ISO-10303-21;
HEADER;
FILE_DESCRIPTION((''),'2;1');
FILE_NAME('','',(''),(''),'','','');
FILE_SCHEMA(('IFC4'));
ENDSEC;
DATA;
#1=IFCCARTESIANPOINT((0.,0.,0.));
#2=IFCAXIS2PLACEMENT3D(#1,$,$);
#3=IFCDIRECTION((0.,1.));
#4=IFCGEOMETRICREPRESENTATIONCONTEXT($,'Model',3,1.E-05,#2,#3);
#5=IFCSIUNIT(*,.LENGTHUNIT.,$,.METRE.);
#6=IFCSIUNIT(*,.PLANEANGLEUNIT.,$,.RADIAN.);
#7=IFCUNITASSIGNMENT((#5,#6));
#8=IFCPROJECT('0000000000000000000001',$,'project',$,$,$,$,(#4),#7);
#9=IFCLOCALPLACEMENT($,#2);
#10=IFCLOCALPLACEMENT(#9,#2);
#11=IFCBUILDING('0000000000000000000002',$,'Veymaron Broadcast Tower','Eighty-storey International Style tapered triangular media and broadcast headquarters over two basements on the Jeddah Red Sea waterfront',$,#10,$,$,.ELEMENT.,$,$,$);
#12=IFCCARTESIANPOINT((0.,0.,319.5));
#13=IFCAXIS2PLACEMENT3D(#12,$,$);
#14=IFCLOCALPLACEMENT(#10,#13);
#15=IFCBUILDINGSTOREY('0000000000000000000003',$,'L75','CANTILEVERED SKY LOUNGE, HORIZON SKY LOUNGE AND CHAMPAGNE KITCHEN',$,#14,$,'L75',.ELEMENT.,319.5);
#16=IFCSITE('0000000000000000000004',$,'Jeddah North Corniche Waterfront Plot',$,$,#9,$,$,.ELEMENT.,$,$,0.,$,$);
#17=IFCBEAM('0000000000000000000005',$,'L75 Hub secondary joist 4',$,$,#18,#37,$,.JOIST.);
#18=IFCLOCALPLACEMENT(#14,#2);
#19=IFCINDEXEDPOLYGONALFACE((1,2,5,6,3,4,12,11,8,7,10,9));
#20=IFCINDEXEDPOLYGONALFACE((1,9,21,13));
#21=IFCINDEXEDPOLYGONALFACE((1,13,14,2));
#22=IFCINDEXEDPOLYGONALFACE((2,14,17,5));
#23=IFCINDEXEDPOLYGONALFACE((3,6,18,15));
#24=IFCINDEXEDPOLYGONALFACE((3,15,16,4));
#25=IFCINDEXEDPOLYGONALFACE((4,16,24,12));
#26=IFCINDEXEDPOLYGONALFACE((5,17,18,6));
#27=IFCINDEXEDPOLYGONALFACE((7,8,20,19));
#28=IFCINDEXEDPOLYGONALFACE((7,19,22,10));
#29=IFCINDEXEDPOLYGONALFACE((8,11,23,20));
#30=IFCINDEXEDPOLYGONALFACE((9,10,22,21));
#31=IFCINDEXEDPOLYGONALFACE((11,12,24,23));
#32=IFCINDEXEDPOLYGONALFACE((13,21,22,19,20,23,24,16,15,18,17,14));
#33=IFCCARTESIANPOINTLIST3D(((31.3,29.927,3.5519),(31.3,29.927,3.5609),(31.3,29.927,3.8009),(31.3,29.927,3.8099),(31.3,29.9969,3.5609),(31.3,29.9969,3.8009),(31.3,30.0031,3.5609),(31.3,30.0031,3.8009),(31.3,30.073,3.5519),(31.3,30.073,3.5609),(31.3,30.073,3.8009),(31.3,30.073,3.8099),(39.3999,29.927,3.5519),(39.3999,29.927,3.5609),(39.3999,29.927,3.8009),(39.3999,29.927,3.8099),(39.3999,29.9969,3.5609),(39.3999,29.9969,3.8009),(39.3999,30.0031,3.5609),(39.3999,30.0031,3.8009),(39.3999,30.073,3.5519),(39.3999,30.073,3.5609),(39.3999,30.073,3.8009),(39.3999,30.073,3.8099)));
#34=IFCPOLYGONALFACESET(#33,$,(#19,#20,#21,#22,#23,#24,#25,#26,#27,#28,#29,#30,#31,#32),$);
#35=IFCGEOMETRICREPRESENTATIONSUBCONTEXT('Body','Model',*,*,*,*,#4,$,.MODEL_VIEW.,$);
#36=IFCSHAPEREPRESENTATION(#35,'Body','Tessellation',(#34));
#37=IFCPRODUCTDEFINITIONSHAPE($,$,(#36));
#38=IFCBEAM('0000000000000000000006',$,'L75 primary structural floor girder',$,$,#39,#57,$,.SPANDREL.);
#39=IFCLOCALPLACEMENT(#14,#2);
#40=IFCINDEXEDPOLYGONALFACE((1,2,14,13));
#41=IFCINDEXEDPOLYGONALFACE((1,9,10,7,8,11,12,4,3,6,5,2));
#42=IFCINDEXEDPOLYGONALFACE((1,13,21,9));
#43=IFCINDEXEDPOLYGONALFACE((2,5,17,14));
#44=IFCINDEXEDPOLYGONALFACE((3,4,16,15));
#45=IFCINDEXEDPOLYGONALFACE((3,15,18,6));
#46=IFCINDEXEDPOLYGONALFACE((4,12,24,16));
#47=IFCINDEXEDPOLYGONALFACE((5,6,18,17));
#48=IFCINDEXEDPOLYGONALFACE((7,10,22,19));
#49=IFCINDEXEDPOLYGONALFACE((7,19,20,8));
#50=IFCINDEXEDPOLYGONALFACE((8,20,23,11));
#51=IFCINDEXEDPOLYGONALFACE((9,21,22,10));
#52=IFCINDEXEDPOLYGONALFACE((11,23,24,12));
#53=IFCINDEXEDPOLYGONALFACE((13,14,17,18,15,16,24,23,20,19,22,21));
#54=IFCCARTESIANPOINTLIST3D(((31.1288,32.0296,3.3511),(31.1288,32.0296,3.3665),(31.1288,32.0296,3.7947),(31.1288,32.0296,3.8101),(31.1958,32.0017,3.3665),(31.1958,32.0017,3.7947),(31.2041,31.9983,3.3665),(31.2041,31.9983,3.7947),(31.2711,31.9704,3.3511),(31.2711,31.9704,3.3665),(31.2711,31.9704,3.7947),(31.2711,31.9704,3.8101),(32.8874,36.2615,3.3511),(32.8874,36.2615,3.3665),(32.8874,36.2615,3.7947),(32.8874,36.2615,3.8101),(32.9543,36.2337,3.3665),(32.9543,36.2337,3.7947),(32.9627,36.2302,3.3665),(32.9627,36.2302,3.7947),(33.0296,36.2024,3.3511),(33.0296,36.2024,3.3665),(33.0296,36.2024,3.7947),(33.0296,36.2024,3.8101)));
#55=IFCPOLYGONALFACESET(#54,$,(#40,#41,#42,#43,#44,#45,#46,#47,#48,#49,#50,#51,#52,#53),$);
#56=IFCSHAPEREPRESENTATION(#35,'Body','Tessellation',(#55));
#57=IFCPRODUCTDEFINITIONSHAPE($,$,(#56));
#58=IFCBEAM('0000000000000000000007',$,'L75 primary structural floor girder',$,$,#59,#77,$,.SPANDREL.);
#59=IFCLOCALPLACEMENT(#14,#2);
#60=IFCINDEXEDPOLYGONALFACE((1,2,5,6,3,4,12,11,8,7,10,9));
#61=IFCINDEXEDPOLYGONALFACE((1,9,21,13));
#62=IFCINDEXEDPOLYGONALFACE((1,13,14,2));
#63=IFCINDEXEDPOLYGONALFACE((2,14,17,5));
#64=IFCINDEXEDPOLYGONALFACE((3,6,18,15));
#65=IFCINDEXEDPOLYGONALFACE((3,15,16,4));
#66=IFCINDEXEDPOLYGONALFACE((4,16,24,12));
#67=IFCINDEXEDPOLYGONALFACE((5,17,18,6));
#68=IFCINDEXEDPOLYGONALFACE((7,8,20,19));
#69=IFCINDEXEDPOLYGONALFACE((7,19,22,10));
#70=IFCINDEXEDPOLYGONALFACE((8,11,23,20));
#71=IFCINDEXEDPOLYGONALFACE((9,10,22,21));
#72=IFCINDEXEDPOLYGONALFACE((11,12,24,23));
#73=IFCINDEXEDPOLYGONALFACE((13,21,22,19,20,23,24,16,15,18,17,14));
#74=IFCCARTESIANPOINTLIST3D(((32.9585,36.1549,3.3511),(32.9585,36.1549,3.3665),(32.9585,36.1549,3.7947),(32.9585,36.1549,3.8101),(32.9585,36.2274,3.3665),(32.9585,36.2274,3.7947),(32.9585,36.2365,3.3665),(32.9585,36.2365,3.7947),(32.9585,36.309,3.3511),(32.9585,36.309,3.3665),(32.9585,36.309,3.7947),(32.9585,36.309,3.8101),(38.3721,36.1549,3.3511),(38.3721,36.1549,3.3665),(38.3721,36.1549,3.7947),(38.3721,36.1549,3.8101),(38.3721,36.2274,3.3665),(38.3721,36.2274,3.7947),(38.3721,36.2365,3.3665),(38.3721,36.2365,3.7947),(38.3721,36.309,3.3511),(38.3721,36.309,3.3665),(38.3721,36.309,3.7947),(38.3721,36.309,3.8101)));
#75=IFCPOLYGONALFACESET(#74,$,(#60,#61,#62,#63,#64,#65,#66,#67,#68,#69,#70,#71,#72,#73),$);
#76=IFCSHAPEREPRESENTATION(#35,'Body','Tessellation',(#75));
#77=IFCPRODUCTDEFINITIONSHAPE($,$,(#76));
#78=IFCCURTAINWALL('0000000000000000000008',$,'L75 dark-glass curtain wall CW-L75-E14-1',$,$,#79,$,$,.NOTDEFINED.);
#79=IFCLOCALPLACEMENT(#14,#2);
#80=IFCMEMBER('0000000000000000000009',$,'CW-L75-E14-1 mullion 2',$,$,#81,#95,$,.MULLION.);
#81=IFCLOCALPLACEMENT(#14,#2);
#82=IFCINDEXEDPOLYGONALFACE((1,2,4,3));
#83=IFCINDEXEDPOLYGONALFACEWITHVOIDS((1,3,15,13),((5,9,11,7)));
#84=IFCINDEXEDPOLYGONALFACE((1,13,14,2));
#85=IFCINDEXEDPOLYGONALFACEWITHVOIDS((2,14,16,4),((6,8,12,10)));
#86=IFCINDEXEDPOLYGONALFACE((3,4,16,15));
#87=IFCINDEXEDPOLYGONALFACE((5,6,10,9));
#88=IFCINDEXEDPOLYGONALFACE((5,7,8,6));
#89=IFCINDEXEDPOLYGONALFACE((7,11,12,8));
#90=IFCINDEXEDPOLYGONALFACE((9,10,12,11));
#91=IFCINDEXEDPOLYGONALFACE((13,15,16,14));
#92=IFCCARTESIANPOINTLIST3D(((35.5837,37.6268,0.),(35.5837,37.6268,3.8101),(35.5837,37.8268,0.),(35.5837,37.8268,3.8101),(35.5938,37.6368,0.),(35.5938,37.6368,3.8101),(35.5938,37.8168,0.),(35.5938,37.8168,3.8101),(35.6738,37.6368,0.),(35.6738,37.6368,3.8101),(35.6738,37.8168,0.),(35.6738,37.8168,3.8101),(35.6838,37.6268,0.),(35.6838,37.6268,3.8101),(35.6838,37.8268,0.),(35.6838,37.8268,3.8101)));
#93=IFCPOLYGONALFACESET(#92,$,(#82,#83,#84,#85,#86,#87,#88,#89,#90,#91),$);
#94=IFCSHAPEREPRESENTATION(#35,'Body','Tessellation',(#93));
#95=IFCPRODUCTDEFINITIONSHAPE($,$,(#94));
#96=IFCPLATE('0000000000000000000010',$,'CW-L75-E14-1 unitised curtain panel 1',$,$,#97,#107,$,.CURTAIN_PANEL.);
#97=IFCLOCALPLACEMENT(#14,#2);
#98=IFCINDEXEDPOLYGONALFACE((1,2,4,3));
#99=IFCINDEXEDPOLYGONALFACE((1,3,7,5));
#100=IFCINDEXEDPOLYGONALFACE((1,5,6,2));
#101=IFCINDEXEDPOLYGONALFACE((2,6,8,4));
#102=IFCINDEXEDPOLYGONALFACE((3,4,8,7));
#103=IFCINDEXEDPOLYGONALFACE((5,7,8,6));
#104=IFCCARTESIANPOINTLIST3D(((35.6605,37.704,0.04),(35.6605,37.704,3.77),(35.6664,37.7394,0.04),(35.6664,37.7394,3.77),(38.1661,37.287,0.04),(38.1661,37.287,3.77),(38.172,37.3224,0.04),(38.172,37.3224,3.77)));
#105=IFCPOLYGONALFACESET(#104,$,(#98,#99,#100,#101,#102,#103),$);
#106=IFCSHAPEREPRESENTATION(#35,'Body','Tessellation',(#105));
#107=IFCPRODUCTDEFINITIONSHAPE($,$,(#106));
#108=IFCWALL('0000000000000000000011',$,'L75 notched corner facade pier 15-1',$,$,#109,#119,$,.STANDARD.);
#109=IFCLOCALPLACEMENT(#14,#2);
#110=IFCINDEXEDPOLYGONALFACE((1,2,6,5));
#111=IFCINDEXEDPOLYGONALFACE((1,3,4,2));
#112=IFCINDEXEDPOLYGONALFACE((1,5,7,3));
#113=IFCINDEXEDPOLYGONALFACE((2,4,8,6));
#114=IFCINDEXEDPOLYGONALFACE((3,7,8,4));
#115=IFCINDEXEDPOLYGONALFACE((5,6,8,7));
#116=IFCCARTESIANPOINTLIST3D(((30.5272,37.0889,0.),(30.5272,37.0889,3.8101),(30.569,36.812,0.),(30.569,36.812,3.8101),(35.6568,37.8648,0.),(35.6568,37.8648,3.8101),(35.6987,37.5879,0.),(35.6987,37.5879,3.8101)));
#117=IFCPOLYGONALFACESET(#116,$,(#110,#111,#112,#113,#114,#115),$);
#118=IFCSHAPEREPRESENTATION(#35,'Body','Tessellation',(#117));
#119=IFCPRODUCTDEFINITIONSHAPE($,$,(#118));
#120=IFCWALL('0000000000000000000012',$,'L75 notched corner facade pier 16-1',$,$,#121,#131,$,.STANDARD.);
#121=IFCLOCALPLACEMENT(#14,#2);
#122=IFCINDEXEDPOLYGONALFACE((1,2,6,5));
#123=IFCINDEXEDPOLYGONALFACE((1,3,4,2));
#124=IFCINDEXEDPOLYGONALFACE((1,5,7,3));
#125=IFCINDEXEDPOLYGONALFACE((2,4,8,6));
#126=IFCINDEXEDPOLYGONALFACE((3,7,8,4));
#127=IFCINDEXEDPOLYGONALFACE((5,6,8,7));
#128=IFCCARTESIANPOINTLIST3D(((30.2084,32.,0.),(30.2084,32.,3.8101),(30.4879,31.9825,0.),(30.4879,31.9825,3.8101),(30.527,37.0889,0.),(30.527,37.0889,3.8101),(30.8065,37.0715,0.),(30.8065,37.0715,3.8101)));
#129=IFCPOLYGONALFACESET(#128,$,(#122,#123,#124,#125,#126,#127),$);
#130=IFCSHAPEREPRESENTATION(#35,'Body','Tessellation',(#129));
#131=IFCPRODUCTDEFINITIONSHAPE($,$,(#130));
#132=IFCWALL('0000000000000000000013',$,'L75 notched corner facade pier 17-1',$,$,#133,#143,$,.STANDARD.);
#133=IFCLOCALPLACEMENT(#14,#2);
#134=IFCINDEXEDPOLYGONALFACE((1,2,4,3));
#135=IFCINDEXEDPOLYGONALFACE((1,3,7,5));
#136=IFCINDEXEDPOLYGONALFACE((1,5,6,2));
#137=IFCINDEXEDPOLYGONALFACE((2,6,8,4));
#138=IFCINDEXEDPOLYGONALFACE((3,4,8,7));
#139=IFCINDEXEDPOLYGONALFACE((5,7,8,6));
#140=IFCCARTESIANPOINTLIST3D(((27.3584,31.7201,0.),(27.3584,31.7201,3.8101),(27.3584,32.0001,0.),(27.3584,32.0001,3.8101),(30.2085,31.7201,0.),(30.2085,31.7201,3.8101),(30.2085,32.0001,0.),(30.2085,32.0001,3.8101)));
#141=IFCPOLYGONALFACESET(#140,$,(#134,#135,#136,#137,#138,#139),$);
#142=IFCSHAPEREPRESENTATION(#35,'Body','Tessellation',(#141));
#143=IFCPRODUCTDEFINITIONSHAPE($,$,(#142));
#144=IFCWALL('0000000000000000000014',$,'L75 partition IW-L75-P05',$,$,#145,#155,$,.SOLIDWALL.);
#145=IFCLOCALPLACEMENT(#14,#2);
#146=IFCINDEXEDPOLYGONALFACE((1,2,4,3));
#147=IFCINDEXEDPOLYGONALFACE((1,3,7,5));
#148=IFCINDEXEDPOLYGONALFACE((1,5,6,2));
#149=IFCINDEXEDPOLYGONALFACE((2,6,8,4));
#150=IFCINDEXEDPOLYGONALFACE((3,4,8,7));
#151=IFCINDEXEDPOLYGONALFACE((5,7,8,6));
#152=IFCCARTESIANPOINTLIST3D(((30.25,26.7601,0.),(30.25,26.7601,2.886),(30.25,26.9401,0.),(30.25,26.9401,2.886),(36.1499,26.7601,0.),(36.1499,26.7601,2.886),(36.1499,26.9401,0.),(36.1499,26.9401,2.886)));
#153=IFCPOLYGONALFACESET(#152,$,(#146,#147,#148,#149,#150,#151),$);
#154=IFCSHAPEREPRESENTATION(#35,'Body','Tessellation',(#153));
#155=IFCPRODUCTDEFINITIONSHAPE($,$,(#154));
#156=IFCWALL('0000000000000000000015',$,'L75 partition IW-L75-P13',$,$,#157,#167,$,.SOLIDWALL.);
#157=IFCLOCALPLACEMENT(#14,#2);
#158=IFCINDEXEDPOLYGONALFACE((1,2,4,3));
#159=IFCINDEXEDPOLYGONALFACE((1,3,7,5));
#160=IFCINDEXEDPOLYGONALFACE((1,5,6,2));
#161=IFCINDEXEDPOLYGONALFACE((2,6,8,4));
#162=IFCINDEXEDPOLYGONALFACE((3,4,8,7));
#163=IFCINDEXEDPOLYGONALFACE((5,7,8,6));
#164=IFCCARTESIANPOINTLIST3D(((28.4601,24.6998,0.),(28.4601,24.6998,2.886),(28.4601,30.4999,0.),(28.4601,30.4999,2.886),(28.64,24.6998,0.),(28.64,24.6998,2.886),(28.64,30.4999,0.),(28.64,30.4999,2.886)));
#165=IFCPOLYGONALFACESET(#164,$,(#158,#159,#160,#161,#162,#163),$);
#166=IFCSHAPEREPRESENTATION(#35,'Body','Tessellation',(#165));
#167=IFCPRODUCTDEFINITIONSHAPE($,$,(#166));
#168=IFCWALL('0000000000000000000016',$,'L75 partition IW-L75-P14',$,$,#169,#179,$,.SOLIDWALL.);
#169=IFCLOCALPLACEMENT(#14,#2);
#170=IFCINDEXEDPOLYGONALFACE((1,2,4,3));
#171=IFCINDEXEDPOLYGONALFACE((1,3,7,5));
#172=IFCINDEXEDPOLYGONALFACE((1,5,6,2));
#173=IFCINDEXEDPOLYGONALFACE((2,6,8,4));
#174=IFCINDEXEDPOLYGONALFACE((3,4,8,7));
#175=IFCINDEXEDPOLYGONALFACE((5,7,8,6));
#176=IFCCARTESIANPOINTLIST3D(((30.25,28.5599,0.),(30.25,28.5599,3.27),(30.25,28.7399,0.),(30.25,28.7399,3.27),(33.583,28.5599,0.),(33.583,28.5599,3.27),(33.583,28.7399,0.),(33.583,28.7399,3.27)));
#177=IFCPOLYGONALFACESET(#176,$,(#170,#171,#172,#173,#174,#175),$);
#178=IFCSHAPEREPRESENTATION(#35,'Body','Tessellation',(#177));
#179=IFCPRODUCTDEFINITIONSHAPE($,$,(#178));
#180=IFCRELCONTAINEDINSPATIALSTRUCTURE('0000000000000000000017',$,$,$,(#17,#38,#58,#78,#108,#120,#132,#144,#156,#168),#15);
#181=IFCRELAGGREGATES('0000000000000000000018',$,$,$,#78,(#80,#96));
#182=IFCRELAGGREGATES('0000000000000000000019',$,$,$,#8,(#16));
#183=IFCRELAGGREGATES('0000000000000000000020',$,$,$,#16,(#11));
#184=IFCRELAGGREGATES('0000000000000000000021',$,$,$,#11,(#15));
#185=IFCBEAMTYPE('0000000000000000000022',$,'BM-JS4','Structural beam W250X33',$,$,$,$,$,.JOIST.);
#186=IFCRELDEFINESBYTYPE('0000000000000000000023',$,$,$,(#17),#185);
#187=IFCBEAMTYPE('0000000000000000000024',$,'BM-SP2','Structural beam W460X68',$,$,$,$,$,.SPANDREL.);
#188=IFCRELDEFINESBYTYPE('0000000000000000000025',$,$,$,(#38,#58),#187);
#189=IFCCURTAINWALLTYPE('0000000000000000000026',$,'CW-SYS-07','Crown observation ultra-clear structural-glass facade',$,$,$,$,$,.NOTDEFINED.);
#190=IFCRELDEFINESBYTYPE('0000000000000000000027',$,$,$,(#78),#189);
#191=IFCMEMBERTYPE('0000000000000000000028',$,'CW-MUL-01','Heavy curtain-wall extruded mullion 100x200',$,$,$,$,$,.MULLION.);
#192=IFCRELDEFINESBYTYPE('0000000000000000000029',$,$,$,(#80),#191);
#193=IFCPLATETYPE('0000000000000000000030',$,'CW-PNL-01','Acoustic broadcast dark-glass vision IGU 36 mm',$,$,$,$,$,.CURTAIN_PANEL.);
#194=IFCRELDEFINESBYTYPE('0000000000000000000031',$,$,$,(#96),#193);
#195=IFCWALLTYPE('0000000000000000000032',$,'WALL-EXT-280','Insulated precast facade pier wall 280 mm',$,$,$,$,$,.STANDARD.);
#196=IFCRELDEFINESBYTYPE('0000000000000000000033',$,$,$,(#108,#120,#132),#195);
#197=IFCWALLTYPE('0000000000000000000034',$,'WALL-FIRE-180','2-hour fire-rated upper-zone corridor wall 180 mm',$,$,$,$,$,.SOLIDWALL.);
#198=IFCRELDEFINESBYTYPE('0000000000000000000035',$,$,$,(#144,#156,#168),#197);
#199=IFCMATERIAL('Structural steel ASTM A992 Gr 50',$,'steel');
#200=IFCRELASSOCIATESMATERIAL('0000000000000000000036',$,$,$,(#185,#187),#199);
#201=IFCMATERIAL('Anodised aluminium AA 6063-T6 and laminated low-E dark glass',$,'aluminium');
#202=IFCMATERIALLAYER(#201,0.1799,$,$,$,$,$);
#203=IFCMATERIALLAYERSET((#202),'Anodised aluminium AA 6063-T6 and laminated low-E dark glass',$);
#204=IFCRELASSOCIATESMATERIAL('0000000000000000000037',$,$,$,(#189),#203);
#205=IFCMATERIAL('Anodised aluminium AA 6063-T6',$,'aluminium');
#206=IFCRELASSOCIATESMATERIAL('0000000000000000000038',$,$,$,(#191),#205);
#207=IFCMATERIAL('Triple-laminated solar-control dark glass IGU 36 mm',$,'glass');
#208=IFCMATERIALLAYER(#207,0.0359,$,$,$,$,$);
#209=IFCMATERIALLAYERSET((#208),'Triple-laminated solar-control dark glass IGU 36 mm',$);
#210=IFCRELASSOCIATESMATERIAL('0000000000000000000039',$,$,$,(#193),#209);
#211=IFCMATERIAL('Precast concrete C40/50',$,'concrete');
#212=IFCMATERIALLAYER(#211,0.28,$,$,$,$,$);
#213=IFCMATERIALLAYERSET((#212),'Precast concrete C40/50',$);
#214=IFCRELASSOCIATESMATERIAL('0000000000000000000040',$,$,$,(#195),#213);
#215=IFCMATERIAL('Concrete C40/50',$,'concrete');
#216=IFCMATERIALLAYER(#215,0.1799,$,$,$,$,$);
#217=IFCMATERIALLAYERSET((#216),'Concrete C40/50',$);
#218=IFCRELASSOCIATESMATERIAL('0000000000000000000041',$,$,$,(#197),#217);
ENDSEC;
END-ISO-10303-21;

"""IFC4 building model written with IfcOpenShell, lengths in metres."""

from ifc_helpers import new_model, si_unit, direction, frame, frame_2d, origin, origin_2d, place, context, subcontext, project, spatial, rectangle, hollow_rectangle, i_section, extrude, material, layer, layer_set, material_profile, profile_set, type_object, element, aggregate, save


model = new_model("IFC4")

# Units and contexts
model_context = context("Model", 3, precision=1e-05, world=origin(), true_north=direction((0.0, 1.0)))
body_context = subcontext(model_context, "Body", "Model", "MODEL_VIEW")
ifc_project = project(units=[si_unit("LENGTHUNIT", "METRE"), si_unit("PLANEANGLEUNIT", "RADIAN")], contexts=[model_context])

# Site, building, storey
site_placement = place(None, origin())
site = spatial("IfcSite", under=ifc_project, at=site_placement, Name="Jeddah North Corniche Waterfront Plot", CompositionType="ELEMENT", RefElevation=0.0)
building_placement = place(site_placement, origin())
building = spatial("IfcBuilding", under=site, at=building_placement, Name="Veymaron Broadcast Tower", Description="Eighty-storey International Style tapered triangular media and broadcast headquarters over two basements on the Jeddah Red Sea waterfront", CompositionType="ELEMENT")
storey_placement = place(building_placement, frame((0.0, 0.0, 319.5)))
storey = spatial("IfcBuildingStorey", under=building, at=storey_placement, Name="L75", Description="CANTILEVERED SKY LOUNGE, HORIZON SKY LOUNGE AND CHAMPAGNE KITCHEN", LongName="L75", CompositionType="ELEMENT", Elevation=319.5)

# Shared definitions
ifc_material_1 = material(Name="Structural steel ASTM A992 Gr 50", Category="steel")

# Beams
ifc_material_profile_1 = material_profile(ifc_material_1, i_section(OverallWidth=0.146, OverallDepth=0.2581, WebThickness=0.0061, FlangeThickness=0.009, at=origin_2d()), Name="W250X33")
ifc_profile_set_1 = profile_set([ifc_material_profile_1], Name="Structural steel ASTM A992 Gr 50")
beam_type_1 = type_object("IfcBeamType", Name="BM-JS4", Description="Structural beam W250X33", PredefinedType="JOIST", material=ifc_profile_set_1)
for number, where, z_axis, x_axis, name in (
    (1, (31.3, 30.0, 3.6809), (1.0, 0.0, 0.0), (0.0, 1.0, 0.0), "L75 Hub secondary joist 4"),
):
    element("IfcBeam", number, at=place(storey_placement, frame(where, z_axis=z_axis, x_axis=x_axis)), inside=storey, type_object=beam_type_1, Name=name, PredefinedType="JOIST", context=body_context, shape_type="SweptSolid", body=[
        extrude(i_section(OverallWidth=0.146, OverallDepth=0.2581, WebThickness=0.0061, FlangeThickness=0.009, at=origin_2d()), origin(), (0.0, 0.0, 1.0), 8.0999),
    ])
ifc_material_profile_2 = material_profile(ifc_material_1, i_section(OverallWidth=0.1541, OverallDepth=0.459, WebThickness=0.009, FlangeThickness=0.0154, at=origin_2d()), Name="W460X68")
ifc_profile_set_2 = profile_set([ifc_material_profile_2], Name="Structural steel ASTM A992 Gr 50")
beam_type_2 = type_object("IfcBeamType", Name="BM-SP2", Description="Structural beam W460X68", PredefinedType="SPANDREL", material=ifc_profile_set_2)
beam_1_placement = place(storey_placement, frame((31.2, 32.0, 3.5806), z_axis=(0.38373, 0.923445, 0.0), x_axis=(-0.923445, 0.38373, 0.0)))
element("IfcBeam", 2, at=beam_1_placement, inside=storey, type_object=beam_type_2, Name="L75 primary structural floor girder", PredefinedType="SPANDREL", context=body_context, shape_type="SweptSolid", body=[
    extrude(i_section(OverallWidth=0.1541, OverallDepth=0.459, WebThickness=0.009, FlangeThickness=0.0154, at=origin_2d()), origin(), (0.0, 0.0, 1.0), 4.5828),
])
beam_2_placement = place(storey_placement, frame((32.9585, 36.2319, 3.5806), z_axis=(1.0, 0.0, 0.0), x_axis=(0.0, 1.0, 0.0)))
element("IfcBeam", 3, at=beam_2_placement, inside=storey, type_object=beam_type_2, Name="L75 primary structural floor girder", PredefinedType="SPANDREL", context=body_context, shape_type="SweptSolid", body=[
    extrude(i_section(OverallWidth=0.1541, OverallDepth=0.459, WebThickness=0.009, FlangeThickness=0.0154, at=origin_2d()), origin(), (0.0, 0.0, 1.0), 5.4136),
])

# Curtain wall, member, plate
ifc_material_2 = material(Name="Anodised aluminium AA 6063-T6 and laminated low-E dark glass", Category="aluminium")
ifc_layer_1 = layer(ifc_material_2, 0.1799)
ifc_layer_set_1 = layer_set([ifc_layer_1], Name="Anodised aluminium AA 6063-T6 and laminated low-E dark glass")
curtain_wall_type = type_object("IfcCurtainWallType", Name="CW-SYS-07", Description="Crown observation ultra-clear structural-glass facade", PredefinedType="NOTDEFINED", material=ifc_layer_set_1)
curtain_wall_placement = place(storey_placement, origin())
curtain_wall = element("IfcCurtainWall", 4, at=curtain_wall_placement, inside=storey, type_object=curtain_wall_type, Name="L75 dark-glass curtain wall CW-L75-E14-1", PredefinedType="NOTDEFINED")
ifc_material_3 = material(Name="Anodised aluminium AA 6063-T6", Category="aluminium")
ifc_material_profile_3 = material_profile(ifc_material_3, hollow_rectangle(XDim=0.1001, YDim=0.2, WallThickness=0.01, at=origin_2d()), Name="RHS200X100X10")
ifc_profile_set_3 = profile_set([ifc_material_profile_3], Name="Anodised aluminium AA 6063-T6")
member_type = type_object("IfcMemberType", Name="CW-MUL-01", Description="Heavy curtain-wall extruded mullion 100x200", PredefinedType="MULLION", material=ifc_profile_set_3)
member_placement = place(storey_placement, frame((35.6338, 37.7268, 0.0), z_axis=(0.0, 0.0, 1.0), x_axis=(1.0, 0.0, 0.0)))
member = element("IfcMember", 5, at=member_placement, type_object=member_type, Name="CW-L75-E14-1 mullion 2", PredefinedType="MULLION", context=body_context, shape_type="SweptSolid", body=[
    extrude(hollow_rectangle(XDim=0.1001, YDim=0.2, WallThickness=0.01, at=origin_2d()), origin(), (0.0, 0.0, 1.0), 3.8101),
])
ifc_material_4 = material(Name="Triple-laminated solar-control dark glass IGU 36 mm", Category="glass")
ifc_layer_2 = layer(ifc_material_4, 0.0359)
ifc_layer_set_2 = layer_set([ifc_layer_2], Name="Triple-laminated solar-control dark glass IGU 36 mm")
plate_type = type_object("IfcPlateType", Name="CW-PNL-01", Description="Acoustic broadcast dark-glass vision IGU 36 mm", PredefinedType="CURTAIN_PANEL", material=ifc_layer_set_2)
plate_placement = place(storey_placement, frame((36.9163, 37.5132, 0.04), z_axis=(0.0, 0.0, 1.0), x_axis=(-0.986435, 0.164152, 0.0)))
plate = element("IfcPlate", 6, at=plate_placement, type_object=plate_type, Name="CW-L75-E14-1 unitised curtain panel 1", PredefinedType="CURTAIN_PANEL", context=body_context, shape_type="SweptSolid", body=[
    extrude(rectangle(XDim=2.54, YDim=0.0359, at=origin_2d()), origin(), (0.0, 0.0, 1.0), 3.73),
])
aggregate(curtain_wall, [member, plate])

# Walls
ifc_material_5 = material(Name="Precast concrete C40/50", Category="concrete")
ifc_layer_3 = layer(ifc_material_5, 0.28)
ifc_layer_set_3 = layer_set([ifc_layer_3], Name="Precast concrete C40/50")
wall_type_1 = type_object("IfcWallType", Name="WALL-EXT-280", Description="Insulated precast facade pier wall 280 mm", PredefinedType="STANDARD", material=ifc_layer_set_3)
wall_1_placement = place(storey_placement, frame((35.6777, 37.7263, 0.0), z_axis=(0.0, 0.0, 1.0), x_axis=(-0.988754, -0.149553, 0.0)))
element("IfcWall", 7, at=wall_1_placement, inside=storey, type_object=wall_type_1, Name="L75 notched corner facade pier 15-1", PredefinedType="STANDARD", context=body_context, shape_type="SweptSolid", body=[
    extrude(rectangle(XDim=5.188, YDim=0.28, at=frame_2d((2.594, 0.0))), origin(), (0.0, 0.0, 1.0), 3.8101),
])
wall_2_placement = place(storey_placement, frame((30.6667, 37.0801, 0.0), z_axis=(0.0, 0.0, 1.0), x_axis=(-0.062486, -0.998046, 0.0)))
element("IfcWall", 8, at=wall_2_placement, inside=storey, type_object=wall_type_1, Name="L75 notched corner facade pier 16-1", PredefinedType="STANDARD", context=body_context, shape_type="SweptSolid", body=[
    extrude(rectangle(XDim=5.0989, YDim=0.28, at=frame_2d((2.5493, 0.0))), origin(), (0.0, 0.0, 1.0), 3.8101),
])
wall_3_placement = place(storey_placement, frame((30.2085, 31.8601, 0.0), z_axis=(0.0, 0.0, 1.0), x_axis=(-1.0, 0.0, 0.0)))
element("IfcWall", 9, at=wall_3_placement, inside=storey, type_object=wall_type_1, Name="L75 notched corner facade pier 17-1", PredefinedType="STANDARD", context=body_context, shape_type="SweptSolid", body=[
    extrude(rectangle(XDim=2.8501, YDim=0.28, at=frame_2d((1.425, 0.0))), origin(), (0.0, 0.0, 1.0), 3.8101),
])

# Shared definitions
ifc_material_6 = material(Name="Concrete C40/50", Category="concrete")
ifc_layer_4 = layer(ifc_material_6, 0.1799)
ifc_layer_set_4 = layer_set([ifc_layer_4], Name="Concrete C40/50")
wall_type_2 = type_object("IfcWallType", Name="WALL-FIRE-180", Description="2-hour fire-rated upper-zone corridor wall 180 mm", PredefinedType="SOLIDWALL", material=ifc_layer_set_4)

# Walls
wall_4_placement = place(storey_placement, frame((30.25, 26.8501, 0.0), z_axis=(0.0, 0.0, 1.0), x_axis=(1.0, 0.0, 0.0)))
element("IfcWall", 10, at=wall_4_placement, inside=storey, type_object=wall_type_2, Name="L75 partition IW-L75-P05", PredefinedType="SOLIDWALL", context=body_context, shape_type="SweptSolid", body=[
    extrude(rectangle(XDim=5.8999, YDim=0.1799, at=frame_2d((2.95, 0.0))), origin(), (0.0, 0.0, 1.0), 2.886),
])
wall_5_placement = place(storey_placement, frame((28.55, 24.7, 0.0), z_axis=(0.0, 0.0, 1.0), x_axis=(0.0, 1.0, 0.0)))
element("IfcWall", 11, at=wall_5_placement, inside=storey, type_object=wall_type_2, Name="L75 partition IW-L75-P13", PredefinedType="SOLIDWALL", context=body_context, shape_type="SweptSolid", body=[
    extrude(rectangle(XDim=5.8, YDim=0.1799, at=frame_2d((2.8999, 0.0))), origin(), (0.0, 0.0, 1.0), 2.886),
])
wall_6_placement = place(storey_placement, frame((30.25, 28.6499, 0.0), z_axis=(0.0, 0.0, 1.0), x_axis=(1.0, 0.0, 0.0)))
element("IfcWall", 12, at=wall_6_placement, inside=storey, type_object=wall_type_2, Name="L75 partition IW-L75-P14", PredefinedType="SOLIDWALL", context=body_context, shape_type="SweptSolid", body=[
    extrude(rectangle(XDim=3.333, YDim=0.1799, at=frame_2d((1.6665, 0.0))), origin(), (0.0, 0.0, 1.0), 3.27),
])

save(model, "model.ifc")
